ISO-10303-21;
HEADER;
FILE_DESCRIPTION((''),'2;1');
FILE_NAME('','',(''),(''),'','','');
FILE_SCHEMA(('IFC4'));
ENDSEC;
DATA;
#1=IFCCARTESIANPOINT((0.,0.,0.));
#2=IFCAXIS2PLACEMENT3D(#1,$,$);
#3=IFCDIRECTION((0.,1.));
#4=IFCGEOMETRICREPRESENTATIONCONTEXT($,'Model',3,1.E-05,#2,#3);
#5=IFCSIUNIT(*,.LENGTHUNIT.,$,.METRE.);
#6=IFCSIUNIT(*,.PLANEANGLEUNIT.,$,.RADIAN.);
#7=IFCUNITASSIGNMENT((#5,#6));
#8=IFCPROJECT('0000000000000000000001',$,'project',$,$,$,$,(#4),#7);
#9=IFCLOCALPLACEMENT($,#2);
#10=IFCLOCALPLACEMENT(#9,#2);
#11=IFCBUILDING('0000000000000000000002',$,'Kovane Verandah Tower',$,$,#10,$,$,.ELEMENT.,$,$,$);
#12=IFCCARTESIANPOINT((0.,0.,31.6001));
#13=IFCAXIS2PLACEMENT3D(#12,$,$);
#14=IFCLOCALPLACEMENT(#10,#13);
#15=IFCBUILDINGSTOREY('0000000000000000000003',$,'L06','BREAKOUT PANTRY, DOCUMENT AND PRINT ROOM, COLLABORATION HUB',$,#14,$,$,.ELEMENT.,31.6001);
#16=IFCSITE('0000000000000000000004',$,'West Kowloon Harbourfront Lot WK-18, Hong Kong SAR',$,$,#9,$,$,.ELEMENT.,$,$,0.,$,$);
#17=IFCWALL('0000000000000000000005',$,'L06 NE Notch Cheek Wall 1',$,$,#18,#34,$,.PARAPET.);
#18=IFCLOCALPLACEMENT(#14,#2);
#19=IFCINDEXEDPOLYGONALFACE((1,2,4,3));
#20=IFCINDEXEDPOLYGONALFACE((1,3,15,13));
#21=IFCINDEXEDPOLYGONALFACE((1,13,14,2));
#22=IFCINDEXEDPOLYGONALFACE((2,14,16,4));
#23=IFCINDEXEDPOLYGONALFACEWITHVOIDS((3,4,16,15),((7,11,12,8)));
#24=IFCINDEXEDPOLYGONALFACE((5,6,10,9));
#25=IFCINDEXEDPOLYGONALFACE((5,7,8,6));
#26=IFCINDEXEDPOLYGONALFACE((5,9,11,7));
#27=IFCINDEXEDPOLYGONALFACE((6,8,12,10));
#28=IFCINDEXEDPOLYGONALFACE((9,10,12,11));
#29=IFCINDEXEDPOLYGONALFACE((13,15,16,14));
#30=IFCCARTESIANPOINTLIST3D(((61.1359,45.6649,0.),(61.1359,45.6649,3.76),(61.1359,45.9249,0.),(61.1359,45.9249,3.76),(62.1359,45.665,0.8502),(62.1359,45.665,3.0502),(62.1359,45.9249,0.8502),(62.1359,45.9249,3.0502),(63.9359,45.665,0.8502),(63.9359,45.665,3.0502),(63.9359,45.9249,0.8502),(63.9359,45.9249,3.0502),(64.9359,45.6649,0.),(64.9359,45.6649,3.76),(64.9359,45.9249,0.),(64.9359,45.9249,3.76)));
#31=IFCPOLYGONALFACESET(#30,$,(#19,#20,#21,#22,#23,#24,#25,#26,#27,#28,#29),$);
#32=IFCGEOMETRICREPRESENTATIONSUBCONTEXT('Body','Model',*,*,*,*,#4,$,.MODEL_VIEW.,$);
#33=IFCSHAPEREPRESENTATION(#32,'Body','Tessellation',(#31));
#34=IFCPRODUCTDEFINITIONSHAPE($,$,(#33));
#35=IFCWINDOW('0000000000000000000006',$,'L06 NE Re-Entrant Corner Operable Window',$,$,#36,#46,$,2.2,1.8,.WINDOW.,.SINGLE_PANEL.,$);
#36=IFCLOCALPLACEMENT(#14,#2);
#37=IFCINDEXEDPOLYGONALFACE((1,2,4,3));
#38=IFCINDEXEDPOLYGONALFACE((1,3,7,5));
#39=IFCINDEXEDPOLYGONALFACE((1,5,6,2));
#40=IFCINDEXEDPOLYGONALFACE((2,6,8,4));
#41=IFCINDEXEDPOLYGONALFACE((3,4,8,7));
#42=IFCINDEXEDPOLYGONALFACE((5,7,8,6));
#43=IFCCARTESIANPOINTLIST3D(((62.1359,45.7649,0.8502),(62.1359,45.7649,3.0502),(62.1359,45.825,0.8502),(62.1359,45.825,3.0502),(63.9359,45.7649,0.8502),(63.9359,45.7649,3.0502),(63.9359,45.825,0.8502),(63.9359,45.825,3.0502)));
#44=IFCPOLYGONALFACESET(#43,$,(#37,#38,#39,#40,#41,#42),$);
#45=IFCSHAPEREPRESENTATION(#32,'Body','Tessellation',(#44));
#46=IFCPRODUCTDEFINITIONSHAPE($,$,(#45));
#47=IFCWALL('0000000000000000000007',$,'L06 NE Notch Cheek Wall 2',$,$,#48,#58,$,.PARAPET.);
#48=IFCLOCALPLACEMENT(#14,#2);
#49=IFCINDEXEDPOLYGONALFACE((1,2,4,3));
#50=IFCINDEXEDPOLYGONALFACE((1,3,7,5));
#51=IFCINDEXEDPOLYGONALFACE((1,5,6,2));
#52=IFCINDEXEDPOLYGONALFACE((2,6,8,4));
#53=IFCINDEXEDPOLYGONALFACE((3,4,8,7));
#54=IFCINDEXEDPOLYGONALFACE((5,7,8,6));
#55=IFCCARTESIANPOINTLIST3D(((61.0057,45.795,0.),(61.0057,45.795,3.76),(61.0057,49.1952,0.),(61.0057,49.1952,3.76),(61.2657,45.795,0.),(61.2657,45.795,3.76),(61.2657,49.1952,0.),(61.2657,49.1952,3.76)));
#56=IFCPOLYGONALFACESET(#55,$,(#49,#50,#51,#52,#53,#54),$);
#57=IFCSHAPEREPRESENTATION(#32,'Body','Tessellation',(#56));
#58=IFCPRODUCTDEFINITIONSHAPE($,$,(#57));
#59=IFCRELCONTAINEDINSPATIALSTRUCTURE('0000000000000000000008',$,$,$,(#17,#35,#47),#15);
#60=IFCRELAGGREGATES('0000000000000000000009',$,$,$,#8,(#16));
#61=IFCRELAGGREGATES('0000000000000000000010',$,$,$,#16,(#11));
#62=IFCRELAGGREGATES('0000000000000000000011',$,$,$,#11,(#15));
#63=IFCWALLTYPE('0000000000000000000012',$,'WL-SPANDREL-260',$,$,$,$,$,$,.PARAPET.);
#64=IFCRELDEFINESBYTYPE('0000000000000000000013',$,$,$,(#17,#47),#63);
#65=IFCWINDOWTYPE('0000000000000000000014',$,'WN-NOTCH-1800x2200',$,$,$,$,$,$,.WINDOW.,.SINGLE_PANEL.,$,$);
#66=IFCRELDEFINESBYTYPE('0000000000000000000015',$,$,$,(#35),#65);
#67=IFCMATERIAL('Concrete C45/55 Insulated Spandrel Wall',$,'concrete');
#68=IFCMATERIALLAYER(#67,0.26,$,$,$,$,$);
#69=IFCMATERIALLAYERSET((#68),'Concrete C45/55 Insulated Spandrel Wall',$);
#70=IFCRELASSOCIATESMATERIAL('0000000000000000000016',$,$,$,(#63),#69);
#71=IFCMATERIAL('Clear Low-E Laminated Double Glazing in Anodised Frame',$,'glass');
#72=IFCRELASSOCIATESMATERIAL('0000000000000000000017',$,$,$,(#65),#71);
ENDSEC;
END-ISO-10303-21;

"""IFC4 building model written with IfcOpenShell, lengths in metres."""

from ifc_helpers import new_model, si_unit, direction, frame, frame_2d, origin, place, context, subcontext, project, spatial, rectangle, extrude, material, layer, layer_set, type_object, element, fill, save


model = new_model("IFC4")

# Units and contexts
model_context = context("Model", 3, precision=1e-05, world=origin(), true_north=direction((0.0, 1.0)))
body_context = subcontext(model_context, "Body", "Model", "MODEL_VIEW")
ifc_project = project(units=[si_unit("LENGTHUNIT", "METRE"), si_unit("PLANEANGLEUNIT", "RADIAN")], contexts=[model_context])

# Site, building, storey
site_placement = place(None, origin())
site = spatial("IfcSite", under=ifc_project, at=site_placement, Name="West Kowloon Harbourfront Lot WK-18, Hong Kong SAR", CompositionType="ELEMENT", RefElevation=0.0)
building_placement = place(site_placement, origin())
building = spatial("IfcBuilding", under=site, at=building_placement, Name="Kovane Verandah Tower", CompositionType="ELEMENT")
storey_placement = place(building_placement, frame((0.0, 0.0, 31.6001)))
storey = spatial("IfcBuildingStorey", under=building, at=storey_placement, Name="L06", Description="BREAKOUT PANTRY, DOCUMENT AND PRINT ROOM, COLLABORATION HUB", CompositionType="ELEMENT", Elevation=31.6001)

# Wall, opening, window
ifc_material_1 = material(Name="Concrete C45/55 Insulated Spandrel Wall", Category="concrete")
ifc_layer_1 = layer(ifc_material_1, 0.26)
ifc_layer_set_1 = layer_set([ifc_layer_1], Name="Concrete C45/55 Insulated Spandrel Wall")
wall_type = type_object("IfcWallType", Name="WL-SPANDREL-260", PredefinedType="PARAPET", material=ifc_layer_set_1)
wall_1_placement = place(storey_placement, frame((64.9358, 45.7949, 0.0), z_axis=(0.0, 0.0, 1.0), x_axis=(-1.0, 0.0, 0.0)))
wall_1 = element("IfcWall", 1, at=wall_1_placement, inside=storey, type_object=wall_type, Name="L06 NE Notch Cheek Wall 1", PredefinedType="PARAPET", context=body_context, shape_type="SweptSolid", body=[
    extrude(rectangle(XDim=3.8, YDim=0.26, at=frame_2d((1.8999, 0.0))), origin(), (0.0, 0.0, 1.0), 3.76),
])
opening_placement = place(wall_1_placement, frame((1.0, 0.0, 0.8501)))
opening = element("IfcOpeningElement", 2, at=opening_placement, cuts=wall_1, PredefinedType="OPENING", context=body_context, shape_type="SweptSolid", body=[
    extrude(rectangle(XDim=1.8, YDim=2.2, at=frame_2d((0.8999, 1.1001))), frame((0.0, 0.1299, 0.0), z_axis=(0.0, -1.0, 0.0), x_axis=(1.0, 0.0, 0.0)), (0.0, 0.0, 1.0), 0.26),
])
ifc_material_2 = material(Name="Clear Low-E Laminated Double Glazing in Anodised Frame", Category="glass")
window_type = type_object("IfcWindowType", Name="WN-NOTCH-1800x2200", PartitioningType="SINGLE_PANEL", PredefinedType="WINDOW", material=ifc_material_2)
window_placement = place(opening_placement, origin())
window = element("IfcWindow", 3, at=window_placement, inside=storey, type_object=window_type, Name="L06 NE Re-Entrant Corner Operable Window", OverallHeight=2.2, OverallWidth=1.8, PartitioningType="SINGLE_PANEL", PredefinedType="WINDOW", context=body_context, shape_type="SweptSolid", body=[
    extrude(rectangle(XDim=1.8, YDim=2.2, at=frame_2d((0.8999, 1.1001))), frame((0.0, 0.03, 0.0), z_axis=(0.0, -1.0, 0.0), x_axis=(1.0, 0.0, 0.0)), (0.0, 0.0, 1.0), 0.0601),
])
fill(opening, window)

# Wall
wall_2_placement = place(storey_placement, frame((61.1357, 45.7949, 0.0), z_axis=(0.0, 0.0, 1.0), x_axis=(0.0, 1.0, 0.0)))
element("IfcWall", 4, at=wall_2_placement, inside=storey, type_object=wall_type, Name="L06 NE Notch Cheek Wall 2", PredefinedType="PARAPET", context=body_context, shape_type="SweptSolid", body=[
    extrude(rectangle(XDim=3.4001, YDim=0.26, at=frame_2d((1.7002, 0.0))), origin(), (0.0, 0.0, 1.0), 3.76),
])

save(model, "model.ifc")
